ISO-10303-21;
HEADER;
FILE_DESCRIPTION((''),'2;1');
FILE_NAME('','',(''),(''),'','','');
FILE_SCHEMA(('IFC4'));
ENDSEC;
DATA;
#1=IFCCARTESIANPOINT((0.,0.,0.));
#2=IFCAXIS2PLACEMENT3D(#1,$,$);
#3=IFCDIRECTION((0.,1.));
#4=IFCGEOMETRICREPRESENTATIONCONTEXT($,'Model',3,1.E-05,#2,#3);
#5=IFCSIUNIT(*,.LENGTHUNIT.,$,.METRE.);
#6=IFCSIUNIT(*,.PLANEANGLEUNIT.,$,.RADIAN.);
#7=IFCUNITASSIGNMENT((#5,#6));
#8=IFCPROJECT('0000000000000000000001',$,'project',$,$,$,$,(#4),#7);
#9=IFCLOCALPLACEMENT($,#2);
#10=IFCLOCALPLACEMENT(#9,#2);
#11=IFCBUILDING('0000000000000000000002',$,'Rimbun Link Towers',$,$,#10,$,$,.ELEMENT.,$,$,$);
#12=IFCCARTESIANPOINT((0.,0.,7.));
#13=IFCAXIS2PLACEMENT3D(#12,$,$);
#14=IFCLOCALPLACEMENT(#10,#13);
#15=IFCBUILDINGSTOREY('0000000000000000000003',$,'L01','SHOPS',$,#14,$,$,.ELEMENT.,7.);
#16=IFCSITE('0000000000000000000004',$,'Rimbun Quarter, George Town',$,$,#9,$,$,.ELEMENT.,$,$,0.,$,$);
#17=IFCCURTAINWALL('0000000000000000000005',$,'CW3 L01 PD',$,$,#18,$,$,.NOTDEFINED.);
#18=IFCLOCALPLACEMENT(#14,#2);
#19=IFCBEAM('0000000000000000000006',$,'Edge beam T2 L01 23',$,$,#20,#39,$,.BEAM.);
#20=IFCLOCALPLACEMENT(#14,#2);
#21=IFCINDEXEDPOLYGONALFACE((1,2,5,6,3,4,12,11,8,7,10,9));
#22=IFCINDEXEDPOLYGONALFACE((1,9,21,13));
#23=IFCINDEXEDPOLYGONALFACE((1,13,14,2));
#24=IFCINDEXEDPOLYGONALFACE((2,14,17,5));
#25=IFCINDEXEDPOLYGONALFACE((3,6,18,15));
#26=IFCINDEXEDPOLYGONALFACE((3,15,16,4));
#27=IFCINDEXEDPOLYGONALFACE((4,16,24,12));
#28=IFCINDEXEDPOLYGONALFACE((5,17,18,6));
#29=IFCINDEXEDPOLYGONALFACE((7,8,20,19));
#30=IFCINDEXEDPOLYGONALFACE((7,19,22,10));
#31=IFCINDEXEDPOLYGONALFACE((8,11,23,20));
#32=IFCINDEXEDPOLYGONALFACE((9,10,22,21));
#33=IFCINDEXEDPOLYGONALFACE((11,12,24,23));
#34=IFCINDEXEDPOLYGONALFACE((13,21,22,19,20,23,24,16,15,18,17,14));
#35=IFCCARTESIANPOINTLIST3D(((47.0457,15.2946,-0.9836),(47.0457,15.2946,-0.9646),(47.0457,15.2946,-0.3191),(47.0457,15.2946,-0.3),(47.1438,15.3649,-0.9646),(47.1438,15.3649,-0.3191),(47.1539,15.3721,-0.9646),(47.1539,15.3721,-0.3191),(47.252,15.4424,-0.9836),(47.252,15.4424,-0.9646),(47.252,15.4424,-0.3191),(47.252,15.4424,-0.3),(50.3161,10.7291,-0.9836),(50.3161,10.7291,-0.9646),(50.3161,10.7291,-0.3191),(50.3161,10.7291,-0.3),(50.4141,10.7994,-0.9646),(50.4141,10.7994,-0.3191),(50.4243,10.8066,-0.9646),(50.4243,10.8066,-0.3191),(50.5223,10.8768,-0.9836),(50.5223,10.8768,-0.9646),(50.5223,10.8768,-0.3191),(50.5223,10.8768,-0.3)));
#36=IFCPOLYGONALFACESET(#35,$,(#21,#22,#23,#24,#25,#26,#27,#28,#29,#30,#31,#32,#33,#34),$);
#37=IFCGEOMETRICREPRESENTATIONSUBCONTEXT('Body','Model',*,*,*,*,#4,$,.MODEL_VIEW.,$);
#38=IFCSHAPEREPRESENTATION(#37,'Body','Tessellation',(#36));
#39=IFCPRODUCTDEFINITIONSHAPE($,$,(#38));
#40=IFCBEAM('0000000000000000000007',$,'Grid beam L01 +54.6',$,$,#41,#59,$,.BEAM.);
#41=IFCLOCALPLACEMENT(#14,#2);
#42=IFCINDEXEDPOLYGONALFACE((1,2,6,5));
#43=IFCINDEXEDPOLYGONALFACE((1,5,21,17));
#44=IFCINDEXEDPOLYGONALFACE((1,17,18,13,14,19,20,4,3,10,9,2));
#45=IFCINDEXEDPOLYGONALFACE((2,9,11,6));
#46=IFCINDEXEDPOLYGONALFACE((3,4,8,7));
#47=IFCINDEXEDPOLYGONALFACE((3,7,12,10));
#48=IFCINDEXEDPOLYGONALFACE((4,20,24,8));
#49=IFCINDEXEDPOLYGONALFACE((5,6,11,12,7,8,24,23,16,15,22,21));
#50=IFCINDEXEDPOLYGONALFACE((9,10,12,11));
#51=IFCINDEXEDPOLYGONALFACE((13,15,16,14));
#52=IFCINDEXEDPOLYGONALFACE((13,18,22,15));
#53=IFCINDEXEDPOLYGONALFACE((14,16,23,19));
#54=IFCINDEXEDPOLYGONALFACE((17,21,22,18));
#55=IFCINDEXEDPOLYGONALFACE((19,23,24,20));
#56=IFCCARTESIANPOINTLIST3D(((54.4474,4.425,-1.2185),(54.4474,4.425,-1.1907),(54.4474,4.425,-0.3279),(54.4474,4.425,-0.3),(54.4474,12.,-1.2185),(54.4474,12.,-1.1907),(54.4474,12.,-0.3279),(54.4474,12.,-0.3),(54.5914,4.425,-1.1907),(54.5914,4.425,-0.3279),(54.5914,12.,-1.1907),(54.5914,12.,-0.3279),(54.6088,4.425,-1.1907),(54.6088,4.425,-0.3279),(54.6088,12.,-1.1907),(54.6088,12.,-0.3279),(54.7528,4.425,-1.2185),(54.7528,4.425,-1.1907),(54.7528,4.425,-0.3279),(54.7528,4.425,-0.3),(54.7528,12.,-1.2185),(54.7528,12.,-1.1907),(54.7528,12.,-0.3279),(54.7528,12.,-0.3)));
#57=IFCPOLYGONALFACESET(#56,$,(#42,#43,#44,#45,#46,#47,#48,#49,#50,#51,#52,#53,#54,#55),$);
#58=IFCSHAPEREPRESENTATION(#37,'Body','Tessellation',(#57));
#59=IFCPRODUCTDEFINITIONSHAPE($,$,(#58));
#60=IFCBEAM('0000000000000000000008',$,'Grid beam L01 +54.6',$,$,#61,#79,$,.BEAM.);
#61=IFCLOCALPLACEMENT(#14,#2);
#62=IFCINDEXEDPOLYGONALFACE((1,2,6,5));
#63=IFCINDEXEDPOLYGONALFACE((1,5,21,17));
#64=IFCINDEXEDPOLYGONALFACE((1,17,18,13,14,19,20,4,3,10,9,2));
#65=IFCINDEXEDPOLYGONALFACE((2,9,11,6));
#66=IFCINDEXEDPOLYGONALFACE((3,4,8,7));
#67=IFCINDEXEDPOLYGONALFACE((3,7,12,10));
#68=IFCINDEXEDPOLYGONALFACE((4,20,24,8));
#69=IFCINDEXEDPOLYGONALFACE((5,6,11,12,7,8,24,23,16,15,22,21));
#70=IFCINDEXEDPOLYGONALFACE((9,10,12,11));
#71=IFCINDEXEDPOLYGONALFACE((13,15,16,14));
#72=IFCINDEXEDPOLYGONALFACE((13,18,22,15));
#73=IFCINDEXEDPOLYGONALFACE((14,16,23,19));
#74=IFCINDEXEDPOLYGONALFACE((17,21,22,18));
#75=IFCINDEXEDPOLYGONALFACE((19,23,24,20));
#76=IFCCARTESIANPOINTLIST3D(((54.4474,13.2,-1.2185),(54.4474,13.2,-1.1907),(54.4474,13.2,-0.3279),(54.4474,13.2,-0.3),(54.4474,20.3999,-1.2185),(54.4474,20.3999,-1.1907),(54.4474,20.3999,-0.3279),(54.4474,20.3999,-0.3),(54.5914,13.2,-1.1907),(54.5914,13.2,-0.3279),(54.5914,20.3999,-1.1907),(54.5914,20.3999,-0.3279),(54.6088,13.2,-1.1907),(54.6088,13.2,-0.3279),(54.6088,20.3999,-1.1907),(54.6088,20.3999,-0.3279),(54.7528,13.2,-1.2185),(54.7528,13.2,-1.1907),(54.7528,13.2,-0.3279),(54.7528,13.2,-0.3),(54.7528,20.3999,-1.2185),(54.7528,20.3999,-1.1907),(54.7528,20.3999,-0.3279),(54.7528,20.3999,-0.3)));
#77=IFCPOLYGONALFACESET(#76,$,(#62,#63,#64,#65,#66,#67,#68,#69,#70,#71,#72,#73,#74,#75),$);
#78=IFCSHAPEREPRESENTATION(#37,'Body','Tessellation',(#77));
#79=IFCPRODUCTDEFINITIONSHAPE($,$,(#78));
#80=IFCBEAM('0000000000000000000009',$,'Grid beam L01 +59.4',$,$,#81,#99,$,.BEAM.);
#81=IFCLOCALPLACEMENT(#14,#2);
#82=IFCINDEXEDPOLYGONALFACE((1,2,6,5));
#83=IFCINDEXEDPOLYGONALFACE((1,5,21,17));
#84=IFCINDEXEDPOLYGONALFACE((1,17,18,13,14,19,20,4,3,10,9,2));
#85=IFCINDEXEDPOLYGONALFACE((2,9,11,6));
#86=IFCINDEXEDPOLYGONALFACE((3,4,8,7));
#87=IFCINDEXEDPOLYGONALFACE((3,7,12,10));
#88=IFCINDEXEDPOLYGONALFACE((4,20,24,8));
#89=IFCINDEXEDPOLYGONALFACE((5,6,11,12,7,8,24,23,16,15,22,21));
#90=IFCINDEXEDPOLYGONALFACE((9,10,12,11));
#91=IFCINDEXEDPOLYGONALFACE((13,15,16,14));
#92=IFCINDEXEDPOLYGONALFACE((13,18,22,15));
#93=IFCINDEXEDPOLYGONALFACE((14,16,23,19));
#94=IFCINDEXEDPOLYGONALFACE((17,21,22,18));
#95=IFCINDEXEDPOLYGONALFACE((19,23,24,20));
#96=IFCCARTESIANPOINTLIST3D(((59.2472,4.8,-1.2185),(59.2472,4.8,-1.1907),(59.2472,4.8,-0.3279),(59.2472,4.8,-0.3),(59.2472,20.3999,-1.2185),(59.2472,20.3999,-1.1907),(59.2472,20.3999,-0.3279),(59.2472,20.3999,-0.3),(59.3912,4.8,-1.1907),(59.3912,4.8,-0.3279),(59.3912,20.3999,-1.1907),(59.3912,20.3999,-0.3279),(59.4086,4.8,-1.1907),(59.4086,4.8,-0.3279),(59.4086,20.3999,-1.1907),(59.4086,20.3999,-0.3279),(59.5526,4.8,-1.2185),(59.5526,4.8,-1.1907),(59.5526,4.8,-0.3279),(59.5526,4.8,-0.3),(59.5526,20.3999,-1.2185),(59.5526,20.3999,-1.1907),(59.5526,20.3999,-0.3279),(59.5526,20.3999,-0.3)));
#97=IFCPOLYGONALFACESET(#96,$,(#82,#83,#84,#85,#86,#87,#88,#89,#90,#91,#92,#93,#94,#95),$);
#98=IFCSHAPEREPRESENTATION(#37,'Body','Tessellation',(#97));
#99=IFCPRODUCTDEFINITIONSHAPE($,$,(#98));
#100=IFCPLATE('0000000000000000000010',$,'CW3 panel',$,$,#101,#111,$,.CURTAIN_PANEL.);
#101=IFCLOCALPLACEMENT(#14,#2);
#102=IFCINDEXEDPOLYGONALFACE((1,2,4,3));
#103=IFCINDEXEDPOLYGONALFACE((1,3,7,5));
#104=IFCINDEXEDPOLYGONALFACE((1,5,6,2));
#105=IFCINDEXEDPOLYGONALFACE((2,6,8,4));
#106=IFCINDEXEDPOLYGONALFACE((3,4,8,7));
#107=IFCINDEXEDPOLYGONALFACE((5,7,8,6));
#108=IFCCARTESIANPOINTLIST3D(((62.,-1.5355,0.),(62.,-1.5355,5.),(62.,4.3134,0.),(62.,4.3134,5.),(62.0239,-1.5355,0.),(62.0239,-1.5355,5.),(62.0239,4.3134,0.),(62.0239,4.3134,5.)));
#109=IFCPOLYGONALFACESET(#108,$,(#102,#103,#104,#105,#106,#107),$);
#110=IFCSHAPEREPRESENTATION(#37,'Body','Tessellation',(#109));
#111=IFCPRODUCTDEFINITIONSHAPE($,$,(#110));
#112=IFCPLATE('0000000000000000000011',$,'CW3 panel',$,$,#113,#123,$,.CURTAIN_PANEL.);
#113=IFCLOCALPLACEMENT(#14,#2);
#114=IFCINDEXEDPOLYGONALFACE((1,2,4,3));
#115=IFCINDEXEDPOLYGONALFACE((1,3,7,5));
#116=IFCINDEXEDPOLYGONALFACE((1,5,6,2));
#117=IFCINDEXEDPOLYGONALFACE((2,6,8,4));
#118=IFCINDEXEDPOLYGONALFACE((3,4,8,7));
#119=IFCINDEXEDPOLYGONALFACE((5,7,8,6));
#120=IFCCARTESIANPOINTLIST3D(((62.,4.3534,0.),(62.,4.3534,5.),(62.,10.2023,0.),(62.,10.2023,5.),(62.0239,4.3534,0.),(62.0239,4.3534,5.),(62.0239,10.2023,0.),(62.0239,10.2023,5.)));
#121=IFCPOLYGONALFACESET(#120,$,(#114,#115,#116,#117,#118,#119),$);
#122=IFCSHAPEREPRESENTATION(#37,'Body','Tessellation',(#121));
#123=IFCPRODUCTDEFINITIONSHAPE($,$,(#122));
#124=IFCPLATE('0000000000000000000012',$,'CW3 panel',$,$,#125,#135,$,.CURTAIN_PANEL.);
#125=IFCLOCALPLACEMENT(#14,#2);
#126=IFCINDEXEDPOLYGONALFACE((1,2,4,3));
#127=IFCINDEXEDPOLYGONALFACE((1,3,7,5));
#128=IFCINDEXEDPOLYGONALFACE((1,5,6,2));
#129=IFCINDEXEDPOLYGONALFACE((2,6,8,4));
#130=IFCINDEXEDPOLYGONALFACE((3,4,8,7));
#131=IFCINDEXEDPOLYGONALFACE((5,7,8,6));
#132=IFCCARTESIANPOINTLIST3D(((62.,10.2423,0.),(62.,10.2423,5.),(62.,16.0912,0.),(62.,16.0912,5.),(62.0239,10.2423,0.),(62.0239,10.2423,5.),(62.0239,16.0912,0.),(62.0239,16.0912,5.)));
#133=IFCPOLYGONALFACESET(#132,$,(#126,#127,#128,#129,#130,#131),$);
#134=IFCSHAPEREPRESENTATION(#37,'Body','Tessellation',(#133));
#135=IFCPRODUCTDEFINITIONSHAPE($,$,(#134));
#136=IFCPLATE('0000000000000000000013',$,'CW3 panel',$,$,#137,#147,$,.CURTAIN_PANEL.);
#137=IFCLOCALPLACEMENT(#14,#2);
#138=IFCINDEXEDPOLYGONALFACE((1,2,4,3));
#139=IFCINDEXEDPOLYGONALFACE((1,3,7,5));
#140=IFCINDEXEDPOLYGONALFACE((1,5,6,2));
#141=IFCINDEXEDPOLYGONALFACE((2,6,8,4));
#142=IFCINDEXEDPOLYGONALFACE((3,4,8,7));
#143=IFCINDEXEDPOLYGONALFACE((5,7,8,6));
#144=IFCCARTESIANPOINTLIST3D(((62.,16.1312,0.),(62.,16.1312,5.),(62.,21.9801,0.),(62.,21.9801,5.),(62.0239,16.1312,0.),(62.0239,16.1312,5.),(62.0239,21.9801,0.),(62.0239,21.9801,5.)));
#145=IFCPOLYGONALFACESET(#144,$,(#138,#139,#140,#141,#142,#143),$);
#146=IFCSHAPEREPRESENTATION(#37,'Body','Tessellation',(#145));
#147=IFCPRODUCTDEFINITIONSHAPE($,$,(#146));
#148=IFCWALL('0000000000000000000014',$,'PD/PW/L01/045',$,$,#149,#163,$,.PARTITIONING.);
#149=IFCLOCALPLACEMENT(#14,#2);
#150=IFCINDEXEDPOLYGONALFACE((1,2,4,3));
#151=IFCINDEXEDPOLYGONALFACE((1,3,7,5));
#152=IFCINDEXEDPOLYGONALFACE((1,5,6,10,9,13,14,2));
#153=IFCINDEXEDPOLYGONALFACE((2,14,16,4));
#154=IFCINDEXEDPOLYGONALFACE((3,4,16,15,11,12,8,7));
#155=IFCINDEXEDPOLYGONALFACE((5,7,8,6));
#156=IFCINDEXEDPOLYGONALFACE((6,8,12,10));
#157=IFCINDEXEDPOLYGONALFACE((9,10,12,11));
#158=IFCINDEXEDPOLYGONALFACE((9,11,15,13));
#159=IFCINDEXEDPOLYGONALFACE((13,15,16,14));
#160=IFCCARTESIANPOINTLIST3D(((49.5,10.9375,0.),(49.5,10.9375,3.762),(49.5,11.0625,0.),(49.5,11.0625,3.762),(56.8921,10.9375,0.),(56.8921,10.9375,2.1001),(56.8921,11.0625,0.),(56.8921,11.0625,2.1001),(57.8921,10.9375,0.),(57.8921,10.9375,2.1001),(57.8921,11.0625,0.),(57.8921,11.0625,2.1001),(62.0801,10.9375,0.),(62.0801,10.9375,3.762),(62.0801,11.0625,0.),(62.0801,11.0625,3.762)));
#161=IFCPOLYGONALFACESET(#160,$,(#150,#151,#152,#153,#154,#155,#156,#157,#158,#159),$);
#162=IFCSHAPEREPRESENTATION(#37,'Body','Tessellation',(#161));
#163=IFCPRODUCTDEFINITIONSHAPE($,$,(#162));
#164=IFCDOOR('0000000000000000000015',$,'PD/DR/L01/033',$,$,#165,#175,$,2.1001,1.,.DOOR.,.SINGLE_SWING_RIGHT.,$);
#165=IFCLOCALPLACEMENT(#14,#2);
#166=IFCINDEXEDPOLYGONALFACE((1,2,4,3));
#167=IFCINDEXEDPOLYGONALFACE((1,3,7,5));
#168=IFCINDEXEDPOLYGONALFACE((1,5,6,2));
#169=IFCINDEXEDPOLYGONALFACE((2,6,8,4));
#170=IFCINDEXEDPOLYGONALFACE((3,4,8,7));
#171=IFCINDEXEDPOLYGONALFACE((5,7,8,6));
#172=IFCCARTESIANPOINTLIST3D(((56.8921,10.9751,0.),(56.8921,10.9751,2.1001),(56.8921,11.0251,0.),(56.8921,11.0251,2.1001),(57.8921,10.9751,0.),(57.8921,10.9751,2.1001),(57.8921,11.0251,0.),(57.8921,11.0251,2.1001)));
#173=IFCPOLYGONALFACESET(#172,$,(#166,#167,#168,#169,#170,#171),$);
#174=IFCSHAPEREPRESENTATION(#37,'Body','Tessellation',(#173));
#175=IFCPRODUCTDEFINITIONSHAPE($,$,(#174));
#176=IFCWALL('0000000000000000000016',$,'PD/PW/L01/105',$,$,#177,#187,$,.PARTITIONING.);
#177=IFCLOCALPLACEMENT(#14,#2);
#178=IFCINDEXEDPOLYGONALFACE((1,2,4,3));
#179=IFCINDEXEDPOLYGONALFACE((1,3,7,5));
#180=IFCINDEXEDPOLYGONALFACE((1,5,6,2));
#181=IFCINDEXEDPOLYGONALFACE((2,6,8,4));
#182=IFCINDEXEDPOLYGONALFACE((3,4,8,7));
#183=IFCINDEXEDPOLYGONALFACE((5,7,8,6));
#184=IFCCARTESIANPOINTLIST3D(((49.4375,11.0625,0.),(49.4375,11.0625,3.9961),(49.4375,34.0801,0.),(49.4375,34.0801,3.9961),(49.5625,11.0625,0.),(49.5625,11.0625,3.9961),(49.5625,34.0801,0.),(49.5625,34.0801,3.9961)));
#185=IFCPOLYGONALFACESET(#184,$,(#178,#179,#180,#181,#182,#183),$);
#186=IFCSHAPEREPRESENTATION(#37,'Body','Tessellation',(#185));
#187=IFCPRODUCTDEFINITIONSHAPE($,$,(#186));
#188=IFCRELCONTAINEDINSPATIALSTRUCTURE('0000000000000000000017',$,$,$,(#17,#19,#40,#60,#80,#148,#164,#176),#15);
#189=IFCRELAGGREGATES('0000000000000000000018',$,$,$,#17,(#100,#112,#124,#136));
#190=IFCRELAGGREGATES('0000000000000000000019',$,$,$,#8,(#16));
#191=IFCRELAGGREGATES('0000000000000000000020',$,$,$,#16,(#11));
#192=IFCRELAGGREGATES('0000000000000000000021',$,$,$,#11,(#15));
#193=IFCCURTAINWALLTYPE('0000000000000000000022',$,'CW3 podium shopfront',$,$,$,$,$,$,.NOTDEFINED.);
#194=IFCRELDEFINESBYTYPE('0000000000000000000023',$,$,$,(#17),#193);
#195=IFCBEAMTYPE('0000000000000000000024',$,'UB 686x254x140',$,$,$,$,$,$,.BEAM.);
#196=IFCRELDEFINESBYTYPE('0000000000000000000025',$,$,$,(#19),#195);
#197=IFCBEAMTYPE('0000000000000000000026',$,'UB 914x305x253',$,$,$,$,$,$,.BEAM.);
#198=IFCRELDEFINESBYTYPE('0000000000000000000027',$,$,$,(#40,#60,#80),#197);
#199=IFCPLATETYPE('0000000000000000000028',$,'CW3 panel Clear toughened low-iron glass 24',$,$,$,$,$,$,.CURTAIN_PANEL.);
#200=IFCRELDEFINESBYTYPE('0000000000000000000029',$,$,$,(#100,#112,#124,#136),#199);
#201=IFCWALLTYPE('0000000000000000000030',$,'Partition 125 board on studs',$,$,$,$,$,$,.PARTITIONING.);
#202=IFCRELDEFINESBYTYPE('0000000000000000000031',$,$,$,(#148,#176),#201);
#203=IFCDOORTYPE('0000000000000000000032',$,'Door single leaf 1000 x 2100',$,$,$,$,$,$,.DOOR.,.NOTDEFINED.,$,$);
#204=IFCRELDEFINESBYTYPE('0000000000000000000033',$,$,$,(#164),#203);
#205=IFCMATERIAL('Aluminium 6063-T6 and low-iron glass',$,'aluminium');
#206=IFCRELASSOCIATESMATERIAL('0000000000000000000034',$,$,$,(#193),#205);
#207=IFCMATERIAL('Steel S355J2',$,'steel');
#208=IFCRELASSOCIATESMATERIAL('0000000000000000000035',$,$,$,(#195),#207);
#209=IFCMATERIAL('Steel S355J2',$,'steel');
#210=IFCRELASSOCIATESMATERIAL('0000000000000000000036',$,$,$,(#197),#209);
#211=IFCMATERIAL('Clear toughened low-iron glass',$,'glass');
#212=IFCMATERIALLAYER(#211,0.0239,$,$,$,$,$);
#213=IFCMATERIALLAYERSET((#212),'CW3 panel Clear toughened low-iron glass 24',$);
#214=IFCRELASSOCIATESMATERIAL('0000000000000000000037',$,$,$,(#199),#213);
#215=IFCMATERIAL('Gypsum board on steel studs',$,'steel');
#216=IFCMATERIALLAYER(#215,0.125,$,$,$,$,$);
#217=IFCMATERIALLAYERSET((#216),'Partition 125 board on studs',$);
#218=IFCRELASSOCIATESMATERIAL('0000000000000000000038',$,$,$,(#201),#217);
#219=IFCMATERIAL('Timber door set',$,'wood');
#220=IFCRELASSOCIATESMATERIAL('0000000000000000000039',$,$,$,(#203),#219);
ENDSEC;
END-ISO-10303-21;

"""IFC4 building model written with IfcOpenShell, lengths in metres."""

from ifc_helpers import new_model, si_unit, direction, frame, frame_2d, origin, origin_2d, place, context, subcontext, project, spatial, rectangle, i_section, extrude, material, layer, layer_set, material_profile, profile_set, type_object, element, fill, aggregate, save


model = new_model("IFC4")

# Units and contexts
model_context = context("Model", 3, precision=1e-05, world=origin(), true_north=direction((0.0, 1.0)))
body_context = subcontext(model_context, "Body", "Model", "MODEL_VIEW")
ifc_project = project(units=[si_unit("LENGTHUNIT", "METRE"), si_unit("PLANEANGLEUNIT", "RADIAN")], contexts=[model_context])

# Site, building, storey
site_placement = place(None, origin())
site = spatial("IfcSite", under=ifc_project, at=site_placement, Name="Rimbun Quarter, George Town", CompositionType="ELEMENT", RefElevation=0.0)
building_placement = place(site_placement, origin())
building = spatial("IfcBuilding", under=site, at=building_placement, Name="Rimbun Link Towers", CompositionType="ELEMENT")
storey_placement = place(building_placement, frame((0.0, 0.0, 7.0)))
storey = spatial("IfcBuildingStorey", under=building, at=storey_placement, Name="L01", Description="SHOPS", CompositionType="ELEMENT", Elevation=7.0)

# Curtain wall
ifc_material_1 = material(Name="Aluminium 6063-T6 and low-iron glass", Category="aluminium")
curtain_wall_type = type_object("IfcCurtainWallType", Name="CW3 podium shopfront", PredefinedType="NOTDEFINED", material=ifc_material_1)
curtain_wall_placement = place(storey_placement, origin())
curtain_wall = element("IfcCurtainWall", 1, at=curtain_wall_placement, inside=storey, type_object=curtain_wall_type, Name="CW3 L01 PD", PredefinedType="NOTDEFINED")

# Beams
ifc_material_2 = material(Name="Steel S355J2", Category="steel")
ifc_material_profile_1 = material_profile(ifc_material_2, i_section(OverallWidth=0.2537, OverallDepth=0.6836, WebThickness=0.0125, FlangeThickness=0.019, at=origin_2d()), Name="UB 686x254x140")
ifc_profile_set_1 = profile_set([ifc_material_profile_1], Name="Steel S355J2")
beam_type_1 = type_object("IfcBeamType", Name="UB 686x254x140", PredefinedType="BEAM", material=ifc_profile_set_1)
beam_1_placement = place(storey_placement, frame((50.4192, 10.803, -0.6418), z_axis=(-0.582327, 0.812954, 0.0), x_axis=(-0.812954, -0.582327, 0.0)))
element("IfcBeam", 2, at=beam_1_placement, inside=storey, type_object=beam_type_1, Name="Edge beam T2 L01 23", PredefinedType="BEAM", context=body_context, shape_type="SweptSolid", body=[
    extrude(i_section(OverallWidth=0.2537, OverallDepth=0.6836, WebThickness=0.0125, FlangeThickness=0.019, at=origin_2d()), origin(), (0.0, 0.0, 1.0), 5.616),
])
ifc_material_3 = material(Name="Steel S355J2", Category="steel")
ifc_material_profile_2 = material_profile(ifc_material_3, i_section(OverallWidth=0.3054, OverallDepth=0.9185, WebThickness=0.0173, FlangeThickness=0.0278, at=origin_2d()), Name="UB 914x305x253")
ifc_profile_set_2 = profile_set([ifc_material_profile_2], Name="Steel S355J2")
beam_type_2 = type_object("IfcBeamType", Name="UB 914x305x253", PredefinedType="BEAM", material=ifc_profile_set_2)
beam_2_placement = place(storey_placement, frame((54.6001, 4.425, -0.7593), z_axis=(0.0, 1.0, 0.0), x_axis=(-1.0, 0.0, 0.0)))
element("IfcBeam", 3, at=beam_2_placement, inside=storey, type_object=beam_type_2, Name="Grid beam L01 +54.6", PredefinedType="BEAM", context=body_context, shape_type="SweptSolid", body=[
    extrude(i_section(OverallWidth=0.3054, OverallDepth=0.9185, WebThickness=0.0173, FlangeThickness=0.0278, at=origin_2d()), origin(), (0.0, 0.0, 1.0), 7.575),
])
beam_3_placement = place(storey_placement, frame((54.6001, 13.2, -0.7593), z_axis=(0.0, 1.0, 0.0), x_axis=(-1.0, 0.0, 0.0)))
element("IfcBeam", 4, at=beam_3_placement, inside=storey, type_object=beam_type_2, Name="Grid beam L01 +54.6", PredefinedType="BEAM", context=body_context, shape_type="SweptSolid", body=[
    extrude(i_section(OverallWidth=0.3054, OverallDepth=0.9185, WebThickness=0.0173, FlangeThickness=0.0278, at=origin_2d()), origin(), (0.0, 0.0, 1.0), 7.2),
])
beam_4_placement = place(storey_placement, frame((59.3999, 4.8, -0.7593), z_axis=(0.0, 1.0, 0.0), x_axis=(-1.0, 0.0, 0.0)))
element("IfcBeam", 5, at=beam_4_placement, inside=storey, type_object=beam_type_2, Name="Grid beam L01 +59.4", PredefinedType="BEAM", context=body_context, shape_type="SweptSolid", body=[
    extrude(i_section(OverallWidth=0.3054, OverallDepth=0.9185, WebThickness=0.0173, FlangeThickness=0.0278, at=origin_2d()), origin(), (0.0, 0.0, 1.0), 15.5999),
])

# Plates
ifc_material_4 = material(Name="Clear toughened low-iron glass", Category="glass")
ifc_layer_1 = layer(ifc_material_4, 0.0239)
ifc_layer_set_1 = layer_set([ifc_layer_1], Name="CW3 panel Clear toughened low-iron glass 24")
plate_type = type_object("IfcPlateType", Name="CW3 panel Clear toughened low-iron glass 24", PredefinedType="CURTAIN_PANEL", material=ifc_layer_set_1)
plate_1_placement = place(storey_placement, frame((62.012, 1.3889, 0.0), z_axis=(0.0, 0.0, 1.0), x_axis=(0.0, -1.0, 0.0)))
plate_1 = element("IfcPlate", 6, at=plate_1_placement, type_object=plate_type, Name="CW3 panel", PredefinedType="CURTAIN_PANEL", context=body_context, shape_type="SweptSolid", body=[
    extrude(rectangle(XDim=5.8489, YDim=0.0239, at=origin_2d()), origin(), (0.0, 0.0, 1.0), 5.0),
])
plate_2_placement = place(storey_placement, frame((62.012, 7.2778, 0.0), z_axis=(0.0, 0.0, 1.0), x_axis=(0.0, -1.0, 0.0)))
plate_2 = element("IfcPlate", 7, at=plate_2_placement, type_object=plate_type, Name="CW3 panel", PredefinedType="CURTAIN_PANEL", context=body_context, shape_type="SweptSolid", body=[
    extrude(rectangle(XDim=5.8489, YDim=0.0239, at=origin_2d()), origin(), (0.0, 0.0, 1.0), 5.0),
])
plate_3_placement = place(storey_placement, frame((62.012, 13.1667, 0.0), z_axis=(0.0, 0.0, 1.0), x_axis=(0.0, -1.0, 0.0)))
plate_3 = element("IfcPlate", 8, at=plate_3_placement, type_object=plate_type, Name="CW3 panel", PredefinedType="CURTAIN_PANEL", context=body_context, shape_type="SweptSolid", body=[
    extrude(rectangle(XDim=5.8489, YDim=0.0239, at=origin_2d()), origin(), (0.0, 0.0, 1.0), 5.0),
])
plate_4_placement = place(storey_placement, frame((62.012, 19.0557, 0.0), z_axis=(0.0, 0.0, 1.0), x_axis=(0.0, -1.0, 0.0)))
plate_4 = element("IfcPlate", 9, at=plate_4_placement, type_object=plate_type, Name="CW3 panel", PredefinedType="CURTAIN_PANEL", context=body_context, shape_type="SweptSolid", body=[
    extrude(rectangle(XDim=5.8489, YDim=0.0239, at=origin_2d()), origin(), (0.0, 0.0, 1.0), 5.0),
])
aggregate(curtain_wall, [plate_1, plate_2, plate_3, plate_4])

# Wall, opening, door
ifc_material_5 = material(Name="Gypsum board on steel studs", Category="steel")
ifc_layer_2 = layer(ifc_material_5, 0.125)
ifc_layer_set_2 = layer_set([ifc_layer_2], Name="Partition 125 board on studs")
wall_type = type_object("IfcWallType", Name="Partition 125 board on studs", PredefinedType="PARTITIONING", material=ifc_layer_set_2)
wall_1_placement = place(storey_placement, frame((62.0801, 11.0, 0.0), z_axis=(0.0, 0.0, 1.0), x_axis=(-1.0, 0.0, 0.0)))
wall_1 = element("IfcWall", 10, at=wall_1_placement, inside=storey, type_object=wall_type, Name="PD/PW/L01/045", PredefinedType="PARTITIONING", context=body_context, shape_type="SweptSolid", body=[
    extrude(rectangle(XDim=12.5801, YDim=0.125, at=frame_2d((6.29, 0.0))), origin(), (0.0, 0.0, 1.0), 3.762),
])
opening_placement = place(wall_1_placement, frame((4.188, 0.0, 0.0)))
opening = element("IfcOpeningElement", 11, at=opening_placement, cuts=wall_1, PredefinedType="OPENING", context=body_context, shape_type="SweptSolid", body=[
    extrude(rectangle(XDim=1.0, YDim=2.1001, at=frame_2d((0.5, 1.05))), frame((0.0, 0.0725, 0.0), z_axis=(0.0, -1.0, 0.0), x_axis=(1.0, 0.0, 0.0)), (0.0, 0.0, 1.0), 0.145),
])
ifc_material_6 = material(Name="Timber door set", Category="wood")
door_type = type_object("IfcDoorType", Name="Door single leaf 1000 x 2100", OperationType="NOTDEFINED", PredefinedType="DOOR", material=ifc_material_6)
door_placement = place(opening_placement, origin())
door = element("IfcDoor", 12, at=door_placement, inside=storey, type_object=door_type, Name="PD/DR/L01/033", OperationType="SINGLE_SWING_RIGHT", OverallHeight=2.1001, OverallWidth=1.0, PredefinedType="DOOR", context=body_context, shape_type="SweptSolid", body=[
    extrude(rectangle(XDim=1.0, YDim=2.1001, at=frame_2d((0.5, 1.05))), frame((0.0, 0.0249, 0.0), z_axis=(0.0, -1.0, 0.0), x_axis=(1.0, 0.0, 0.0)), (0.0, 0.0, 1.0), 0.05),
])
fill(opening, door)

# Wall
wall_2_placement = place(storey_placement, frame((49.5, 11.0625, 0.0), z_axis=(0.0, 0.0, 1.0), x_axis=(0.0, 1.0, 0.0)))
element("IfcWall", 13, at=wall_2_placement, inside=storey, type_object=wall_type, Name="PD/PW/L01/105", PredefinedType="PARTITIONING", context=body_context, shape_type="SweptSolid", body=[
    extrude(rectangle(XDim=23.0176, YDim=0.125, at=frame_2d((11.5088, 0.0))), origin(), (0.0, 0.0, 1.0), 3.9961),
])

save(model, "model.ifc")
